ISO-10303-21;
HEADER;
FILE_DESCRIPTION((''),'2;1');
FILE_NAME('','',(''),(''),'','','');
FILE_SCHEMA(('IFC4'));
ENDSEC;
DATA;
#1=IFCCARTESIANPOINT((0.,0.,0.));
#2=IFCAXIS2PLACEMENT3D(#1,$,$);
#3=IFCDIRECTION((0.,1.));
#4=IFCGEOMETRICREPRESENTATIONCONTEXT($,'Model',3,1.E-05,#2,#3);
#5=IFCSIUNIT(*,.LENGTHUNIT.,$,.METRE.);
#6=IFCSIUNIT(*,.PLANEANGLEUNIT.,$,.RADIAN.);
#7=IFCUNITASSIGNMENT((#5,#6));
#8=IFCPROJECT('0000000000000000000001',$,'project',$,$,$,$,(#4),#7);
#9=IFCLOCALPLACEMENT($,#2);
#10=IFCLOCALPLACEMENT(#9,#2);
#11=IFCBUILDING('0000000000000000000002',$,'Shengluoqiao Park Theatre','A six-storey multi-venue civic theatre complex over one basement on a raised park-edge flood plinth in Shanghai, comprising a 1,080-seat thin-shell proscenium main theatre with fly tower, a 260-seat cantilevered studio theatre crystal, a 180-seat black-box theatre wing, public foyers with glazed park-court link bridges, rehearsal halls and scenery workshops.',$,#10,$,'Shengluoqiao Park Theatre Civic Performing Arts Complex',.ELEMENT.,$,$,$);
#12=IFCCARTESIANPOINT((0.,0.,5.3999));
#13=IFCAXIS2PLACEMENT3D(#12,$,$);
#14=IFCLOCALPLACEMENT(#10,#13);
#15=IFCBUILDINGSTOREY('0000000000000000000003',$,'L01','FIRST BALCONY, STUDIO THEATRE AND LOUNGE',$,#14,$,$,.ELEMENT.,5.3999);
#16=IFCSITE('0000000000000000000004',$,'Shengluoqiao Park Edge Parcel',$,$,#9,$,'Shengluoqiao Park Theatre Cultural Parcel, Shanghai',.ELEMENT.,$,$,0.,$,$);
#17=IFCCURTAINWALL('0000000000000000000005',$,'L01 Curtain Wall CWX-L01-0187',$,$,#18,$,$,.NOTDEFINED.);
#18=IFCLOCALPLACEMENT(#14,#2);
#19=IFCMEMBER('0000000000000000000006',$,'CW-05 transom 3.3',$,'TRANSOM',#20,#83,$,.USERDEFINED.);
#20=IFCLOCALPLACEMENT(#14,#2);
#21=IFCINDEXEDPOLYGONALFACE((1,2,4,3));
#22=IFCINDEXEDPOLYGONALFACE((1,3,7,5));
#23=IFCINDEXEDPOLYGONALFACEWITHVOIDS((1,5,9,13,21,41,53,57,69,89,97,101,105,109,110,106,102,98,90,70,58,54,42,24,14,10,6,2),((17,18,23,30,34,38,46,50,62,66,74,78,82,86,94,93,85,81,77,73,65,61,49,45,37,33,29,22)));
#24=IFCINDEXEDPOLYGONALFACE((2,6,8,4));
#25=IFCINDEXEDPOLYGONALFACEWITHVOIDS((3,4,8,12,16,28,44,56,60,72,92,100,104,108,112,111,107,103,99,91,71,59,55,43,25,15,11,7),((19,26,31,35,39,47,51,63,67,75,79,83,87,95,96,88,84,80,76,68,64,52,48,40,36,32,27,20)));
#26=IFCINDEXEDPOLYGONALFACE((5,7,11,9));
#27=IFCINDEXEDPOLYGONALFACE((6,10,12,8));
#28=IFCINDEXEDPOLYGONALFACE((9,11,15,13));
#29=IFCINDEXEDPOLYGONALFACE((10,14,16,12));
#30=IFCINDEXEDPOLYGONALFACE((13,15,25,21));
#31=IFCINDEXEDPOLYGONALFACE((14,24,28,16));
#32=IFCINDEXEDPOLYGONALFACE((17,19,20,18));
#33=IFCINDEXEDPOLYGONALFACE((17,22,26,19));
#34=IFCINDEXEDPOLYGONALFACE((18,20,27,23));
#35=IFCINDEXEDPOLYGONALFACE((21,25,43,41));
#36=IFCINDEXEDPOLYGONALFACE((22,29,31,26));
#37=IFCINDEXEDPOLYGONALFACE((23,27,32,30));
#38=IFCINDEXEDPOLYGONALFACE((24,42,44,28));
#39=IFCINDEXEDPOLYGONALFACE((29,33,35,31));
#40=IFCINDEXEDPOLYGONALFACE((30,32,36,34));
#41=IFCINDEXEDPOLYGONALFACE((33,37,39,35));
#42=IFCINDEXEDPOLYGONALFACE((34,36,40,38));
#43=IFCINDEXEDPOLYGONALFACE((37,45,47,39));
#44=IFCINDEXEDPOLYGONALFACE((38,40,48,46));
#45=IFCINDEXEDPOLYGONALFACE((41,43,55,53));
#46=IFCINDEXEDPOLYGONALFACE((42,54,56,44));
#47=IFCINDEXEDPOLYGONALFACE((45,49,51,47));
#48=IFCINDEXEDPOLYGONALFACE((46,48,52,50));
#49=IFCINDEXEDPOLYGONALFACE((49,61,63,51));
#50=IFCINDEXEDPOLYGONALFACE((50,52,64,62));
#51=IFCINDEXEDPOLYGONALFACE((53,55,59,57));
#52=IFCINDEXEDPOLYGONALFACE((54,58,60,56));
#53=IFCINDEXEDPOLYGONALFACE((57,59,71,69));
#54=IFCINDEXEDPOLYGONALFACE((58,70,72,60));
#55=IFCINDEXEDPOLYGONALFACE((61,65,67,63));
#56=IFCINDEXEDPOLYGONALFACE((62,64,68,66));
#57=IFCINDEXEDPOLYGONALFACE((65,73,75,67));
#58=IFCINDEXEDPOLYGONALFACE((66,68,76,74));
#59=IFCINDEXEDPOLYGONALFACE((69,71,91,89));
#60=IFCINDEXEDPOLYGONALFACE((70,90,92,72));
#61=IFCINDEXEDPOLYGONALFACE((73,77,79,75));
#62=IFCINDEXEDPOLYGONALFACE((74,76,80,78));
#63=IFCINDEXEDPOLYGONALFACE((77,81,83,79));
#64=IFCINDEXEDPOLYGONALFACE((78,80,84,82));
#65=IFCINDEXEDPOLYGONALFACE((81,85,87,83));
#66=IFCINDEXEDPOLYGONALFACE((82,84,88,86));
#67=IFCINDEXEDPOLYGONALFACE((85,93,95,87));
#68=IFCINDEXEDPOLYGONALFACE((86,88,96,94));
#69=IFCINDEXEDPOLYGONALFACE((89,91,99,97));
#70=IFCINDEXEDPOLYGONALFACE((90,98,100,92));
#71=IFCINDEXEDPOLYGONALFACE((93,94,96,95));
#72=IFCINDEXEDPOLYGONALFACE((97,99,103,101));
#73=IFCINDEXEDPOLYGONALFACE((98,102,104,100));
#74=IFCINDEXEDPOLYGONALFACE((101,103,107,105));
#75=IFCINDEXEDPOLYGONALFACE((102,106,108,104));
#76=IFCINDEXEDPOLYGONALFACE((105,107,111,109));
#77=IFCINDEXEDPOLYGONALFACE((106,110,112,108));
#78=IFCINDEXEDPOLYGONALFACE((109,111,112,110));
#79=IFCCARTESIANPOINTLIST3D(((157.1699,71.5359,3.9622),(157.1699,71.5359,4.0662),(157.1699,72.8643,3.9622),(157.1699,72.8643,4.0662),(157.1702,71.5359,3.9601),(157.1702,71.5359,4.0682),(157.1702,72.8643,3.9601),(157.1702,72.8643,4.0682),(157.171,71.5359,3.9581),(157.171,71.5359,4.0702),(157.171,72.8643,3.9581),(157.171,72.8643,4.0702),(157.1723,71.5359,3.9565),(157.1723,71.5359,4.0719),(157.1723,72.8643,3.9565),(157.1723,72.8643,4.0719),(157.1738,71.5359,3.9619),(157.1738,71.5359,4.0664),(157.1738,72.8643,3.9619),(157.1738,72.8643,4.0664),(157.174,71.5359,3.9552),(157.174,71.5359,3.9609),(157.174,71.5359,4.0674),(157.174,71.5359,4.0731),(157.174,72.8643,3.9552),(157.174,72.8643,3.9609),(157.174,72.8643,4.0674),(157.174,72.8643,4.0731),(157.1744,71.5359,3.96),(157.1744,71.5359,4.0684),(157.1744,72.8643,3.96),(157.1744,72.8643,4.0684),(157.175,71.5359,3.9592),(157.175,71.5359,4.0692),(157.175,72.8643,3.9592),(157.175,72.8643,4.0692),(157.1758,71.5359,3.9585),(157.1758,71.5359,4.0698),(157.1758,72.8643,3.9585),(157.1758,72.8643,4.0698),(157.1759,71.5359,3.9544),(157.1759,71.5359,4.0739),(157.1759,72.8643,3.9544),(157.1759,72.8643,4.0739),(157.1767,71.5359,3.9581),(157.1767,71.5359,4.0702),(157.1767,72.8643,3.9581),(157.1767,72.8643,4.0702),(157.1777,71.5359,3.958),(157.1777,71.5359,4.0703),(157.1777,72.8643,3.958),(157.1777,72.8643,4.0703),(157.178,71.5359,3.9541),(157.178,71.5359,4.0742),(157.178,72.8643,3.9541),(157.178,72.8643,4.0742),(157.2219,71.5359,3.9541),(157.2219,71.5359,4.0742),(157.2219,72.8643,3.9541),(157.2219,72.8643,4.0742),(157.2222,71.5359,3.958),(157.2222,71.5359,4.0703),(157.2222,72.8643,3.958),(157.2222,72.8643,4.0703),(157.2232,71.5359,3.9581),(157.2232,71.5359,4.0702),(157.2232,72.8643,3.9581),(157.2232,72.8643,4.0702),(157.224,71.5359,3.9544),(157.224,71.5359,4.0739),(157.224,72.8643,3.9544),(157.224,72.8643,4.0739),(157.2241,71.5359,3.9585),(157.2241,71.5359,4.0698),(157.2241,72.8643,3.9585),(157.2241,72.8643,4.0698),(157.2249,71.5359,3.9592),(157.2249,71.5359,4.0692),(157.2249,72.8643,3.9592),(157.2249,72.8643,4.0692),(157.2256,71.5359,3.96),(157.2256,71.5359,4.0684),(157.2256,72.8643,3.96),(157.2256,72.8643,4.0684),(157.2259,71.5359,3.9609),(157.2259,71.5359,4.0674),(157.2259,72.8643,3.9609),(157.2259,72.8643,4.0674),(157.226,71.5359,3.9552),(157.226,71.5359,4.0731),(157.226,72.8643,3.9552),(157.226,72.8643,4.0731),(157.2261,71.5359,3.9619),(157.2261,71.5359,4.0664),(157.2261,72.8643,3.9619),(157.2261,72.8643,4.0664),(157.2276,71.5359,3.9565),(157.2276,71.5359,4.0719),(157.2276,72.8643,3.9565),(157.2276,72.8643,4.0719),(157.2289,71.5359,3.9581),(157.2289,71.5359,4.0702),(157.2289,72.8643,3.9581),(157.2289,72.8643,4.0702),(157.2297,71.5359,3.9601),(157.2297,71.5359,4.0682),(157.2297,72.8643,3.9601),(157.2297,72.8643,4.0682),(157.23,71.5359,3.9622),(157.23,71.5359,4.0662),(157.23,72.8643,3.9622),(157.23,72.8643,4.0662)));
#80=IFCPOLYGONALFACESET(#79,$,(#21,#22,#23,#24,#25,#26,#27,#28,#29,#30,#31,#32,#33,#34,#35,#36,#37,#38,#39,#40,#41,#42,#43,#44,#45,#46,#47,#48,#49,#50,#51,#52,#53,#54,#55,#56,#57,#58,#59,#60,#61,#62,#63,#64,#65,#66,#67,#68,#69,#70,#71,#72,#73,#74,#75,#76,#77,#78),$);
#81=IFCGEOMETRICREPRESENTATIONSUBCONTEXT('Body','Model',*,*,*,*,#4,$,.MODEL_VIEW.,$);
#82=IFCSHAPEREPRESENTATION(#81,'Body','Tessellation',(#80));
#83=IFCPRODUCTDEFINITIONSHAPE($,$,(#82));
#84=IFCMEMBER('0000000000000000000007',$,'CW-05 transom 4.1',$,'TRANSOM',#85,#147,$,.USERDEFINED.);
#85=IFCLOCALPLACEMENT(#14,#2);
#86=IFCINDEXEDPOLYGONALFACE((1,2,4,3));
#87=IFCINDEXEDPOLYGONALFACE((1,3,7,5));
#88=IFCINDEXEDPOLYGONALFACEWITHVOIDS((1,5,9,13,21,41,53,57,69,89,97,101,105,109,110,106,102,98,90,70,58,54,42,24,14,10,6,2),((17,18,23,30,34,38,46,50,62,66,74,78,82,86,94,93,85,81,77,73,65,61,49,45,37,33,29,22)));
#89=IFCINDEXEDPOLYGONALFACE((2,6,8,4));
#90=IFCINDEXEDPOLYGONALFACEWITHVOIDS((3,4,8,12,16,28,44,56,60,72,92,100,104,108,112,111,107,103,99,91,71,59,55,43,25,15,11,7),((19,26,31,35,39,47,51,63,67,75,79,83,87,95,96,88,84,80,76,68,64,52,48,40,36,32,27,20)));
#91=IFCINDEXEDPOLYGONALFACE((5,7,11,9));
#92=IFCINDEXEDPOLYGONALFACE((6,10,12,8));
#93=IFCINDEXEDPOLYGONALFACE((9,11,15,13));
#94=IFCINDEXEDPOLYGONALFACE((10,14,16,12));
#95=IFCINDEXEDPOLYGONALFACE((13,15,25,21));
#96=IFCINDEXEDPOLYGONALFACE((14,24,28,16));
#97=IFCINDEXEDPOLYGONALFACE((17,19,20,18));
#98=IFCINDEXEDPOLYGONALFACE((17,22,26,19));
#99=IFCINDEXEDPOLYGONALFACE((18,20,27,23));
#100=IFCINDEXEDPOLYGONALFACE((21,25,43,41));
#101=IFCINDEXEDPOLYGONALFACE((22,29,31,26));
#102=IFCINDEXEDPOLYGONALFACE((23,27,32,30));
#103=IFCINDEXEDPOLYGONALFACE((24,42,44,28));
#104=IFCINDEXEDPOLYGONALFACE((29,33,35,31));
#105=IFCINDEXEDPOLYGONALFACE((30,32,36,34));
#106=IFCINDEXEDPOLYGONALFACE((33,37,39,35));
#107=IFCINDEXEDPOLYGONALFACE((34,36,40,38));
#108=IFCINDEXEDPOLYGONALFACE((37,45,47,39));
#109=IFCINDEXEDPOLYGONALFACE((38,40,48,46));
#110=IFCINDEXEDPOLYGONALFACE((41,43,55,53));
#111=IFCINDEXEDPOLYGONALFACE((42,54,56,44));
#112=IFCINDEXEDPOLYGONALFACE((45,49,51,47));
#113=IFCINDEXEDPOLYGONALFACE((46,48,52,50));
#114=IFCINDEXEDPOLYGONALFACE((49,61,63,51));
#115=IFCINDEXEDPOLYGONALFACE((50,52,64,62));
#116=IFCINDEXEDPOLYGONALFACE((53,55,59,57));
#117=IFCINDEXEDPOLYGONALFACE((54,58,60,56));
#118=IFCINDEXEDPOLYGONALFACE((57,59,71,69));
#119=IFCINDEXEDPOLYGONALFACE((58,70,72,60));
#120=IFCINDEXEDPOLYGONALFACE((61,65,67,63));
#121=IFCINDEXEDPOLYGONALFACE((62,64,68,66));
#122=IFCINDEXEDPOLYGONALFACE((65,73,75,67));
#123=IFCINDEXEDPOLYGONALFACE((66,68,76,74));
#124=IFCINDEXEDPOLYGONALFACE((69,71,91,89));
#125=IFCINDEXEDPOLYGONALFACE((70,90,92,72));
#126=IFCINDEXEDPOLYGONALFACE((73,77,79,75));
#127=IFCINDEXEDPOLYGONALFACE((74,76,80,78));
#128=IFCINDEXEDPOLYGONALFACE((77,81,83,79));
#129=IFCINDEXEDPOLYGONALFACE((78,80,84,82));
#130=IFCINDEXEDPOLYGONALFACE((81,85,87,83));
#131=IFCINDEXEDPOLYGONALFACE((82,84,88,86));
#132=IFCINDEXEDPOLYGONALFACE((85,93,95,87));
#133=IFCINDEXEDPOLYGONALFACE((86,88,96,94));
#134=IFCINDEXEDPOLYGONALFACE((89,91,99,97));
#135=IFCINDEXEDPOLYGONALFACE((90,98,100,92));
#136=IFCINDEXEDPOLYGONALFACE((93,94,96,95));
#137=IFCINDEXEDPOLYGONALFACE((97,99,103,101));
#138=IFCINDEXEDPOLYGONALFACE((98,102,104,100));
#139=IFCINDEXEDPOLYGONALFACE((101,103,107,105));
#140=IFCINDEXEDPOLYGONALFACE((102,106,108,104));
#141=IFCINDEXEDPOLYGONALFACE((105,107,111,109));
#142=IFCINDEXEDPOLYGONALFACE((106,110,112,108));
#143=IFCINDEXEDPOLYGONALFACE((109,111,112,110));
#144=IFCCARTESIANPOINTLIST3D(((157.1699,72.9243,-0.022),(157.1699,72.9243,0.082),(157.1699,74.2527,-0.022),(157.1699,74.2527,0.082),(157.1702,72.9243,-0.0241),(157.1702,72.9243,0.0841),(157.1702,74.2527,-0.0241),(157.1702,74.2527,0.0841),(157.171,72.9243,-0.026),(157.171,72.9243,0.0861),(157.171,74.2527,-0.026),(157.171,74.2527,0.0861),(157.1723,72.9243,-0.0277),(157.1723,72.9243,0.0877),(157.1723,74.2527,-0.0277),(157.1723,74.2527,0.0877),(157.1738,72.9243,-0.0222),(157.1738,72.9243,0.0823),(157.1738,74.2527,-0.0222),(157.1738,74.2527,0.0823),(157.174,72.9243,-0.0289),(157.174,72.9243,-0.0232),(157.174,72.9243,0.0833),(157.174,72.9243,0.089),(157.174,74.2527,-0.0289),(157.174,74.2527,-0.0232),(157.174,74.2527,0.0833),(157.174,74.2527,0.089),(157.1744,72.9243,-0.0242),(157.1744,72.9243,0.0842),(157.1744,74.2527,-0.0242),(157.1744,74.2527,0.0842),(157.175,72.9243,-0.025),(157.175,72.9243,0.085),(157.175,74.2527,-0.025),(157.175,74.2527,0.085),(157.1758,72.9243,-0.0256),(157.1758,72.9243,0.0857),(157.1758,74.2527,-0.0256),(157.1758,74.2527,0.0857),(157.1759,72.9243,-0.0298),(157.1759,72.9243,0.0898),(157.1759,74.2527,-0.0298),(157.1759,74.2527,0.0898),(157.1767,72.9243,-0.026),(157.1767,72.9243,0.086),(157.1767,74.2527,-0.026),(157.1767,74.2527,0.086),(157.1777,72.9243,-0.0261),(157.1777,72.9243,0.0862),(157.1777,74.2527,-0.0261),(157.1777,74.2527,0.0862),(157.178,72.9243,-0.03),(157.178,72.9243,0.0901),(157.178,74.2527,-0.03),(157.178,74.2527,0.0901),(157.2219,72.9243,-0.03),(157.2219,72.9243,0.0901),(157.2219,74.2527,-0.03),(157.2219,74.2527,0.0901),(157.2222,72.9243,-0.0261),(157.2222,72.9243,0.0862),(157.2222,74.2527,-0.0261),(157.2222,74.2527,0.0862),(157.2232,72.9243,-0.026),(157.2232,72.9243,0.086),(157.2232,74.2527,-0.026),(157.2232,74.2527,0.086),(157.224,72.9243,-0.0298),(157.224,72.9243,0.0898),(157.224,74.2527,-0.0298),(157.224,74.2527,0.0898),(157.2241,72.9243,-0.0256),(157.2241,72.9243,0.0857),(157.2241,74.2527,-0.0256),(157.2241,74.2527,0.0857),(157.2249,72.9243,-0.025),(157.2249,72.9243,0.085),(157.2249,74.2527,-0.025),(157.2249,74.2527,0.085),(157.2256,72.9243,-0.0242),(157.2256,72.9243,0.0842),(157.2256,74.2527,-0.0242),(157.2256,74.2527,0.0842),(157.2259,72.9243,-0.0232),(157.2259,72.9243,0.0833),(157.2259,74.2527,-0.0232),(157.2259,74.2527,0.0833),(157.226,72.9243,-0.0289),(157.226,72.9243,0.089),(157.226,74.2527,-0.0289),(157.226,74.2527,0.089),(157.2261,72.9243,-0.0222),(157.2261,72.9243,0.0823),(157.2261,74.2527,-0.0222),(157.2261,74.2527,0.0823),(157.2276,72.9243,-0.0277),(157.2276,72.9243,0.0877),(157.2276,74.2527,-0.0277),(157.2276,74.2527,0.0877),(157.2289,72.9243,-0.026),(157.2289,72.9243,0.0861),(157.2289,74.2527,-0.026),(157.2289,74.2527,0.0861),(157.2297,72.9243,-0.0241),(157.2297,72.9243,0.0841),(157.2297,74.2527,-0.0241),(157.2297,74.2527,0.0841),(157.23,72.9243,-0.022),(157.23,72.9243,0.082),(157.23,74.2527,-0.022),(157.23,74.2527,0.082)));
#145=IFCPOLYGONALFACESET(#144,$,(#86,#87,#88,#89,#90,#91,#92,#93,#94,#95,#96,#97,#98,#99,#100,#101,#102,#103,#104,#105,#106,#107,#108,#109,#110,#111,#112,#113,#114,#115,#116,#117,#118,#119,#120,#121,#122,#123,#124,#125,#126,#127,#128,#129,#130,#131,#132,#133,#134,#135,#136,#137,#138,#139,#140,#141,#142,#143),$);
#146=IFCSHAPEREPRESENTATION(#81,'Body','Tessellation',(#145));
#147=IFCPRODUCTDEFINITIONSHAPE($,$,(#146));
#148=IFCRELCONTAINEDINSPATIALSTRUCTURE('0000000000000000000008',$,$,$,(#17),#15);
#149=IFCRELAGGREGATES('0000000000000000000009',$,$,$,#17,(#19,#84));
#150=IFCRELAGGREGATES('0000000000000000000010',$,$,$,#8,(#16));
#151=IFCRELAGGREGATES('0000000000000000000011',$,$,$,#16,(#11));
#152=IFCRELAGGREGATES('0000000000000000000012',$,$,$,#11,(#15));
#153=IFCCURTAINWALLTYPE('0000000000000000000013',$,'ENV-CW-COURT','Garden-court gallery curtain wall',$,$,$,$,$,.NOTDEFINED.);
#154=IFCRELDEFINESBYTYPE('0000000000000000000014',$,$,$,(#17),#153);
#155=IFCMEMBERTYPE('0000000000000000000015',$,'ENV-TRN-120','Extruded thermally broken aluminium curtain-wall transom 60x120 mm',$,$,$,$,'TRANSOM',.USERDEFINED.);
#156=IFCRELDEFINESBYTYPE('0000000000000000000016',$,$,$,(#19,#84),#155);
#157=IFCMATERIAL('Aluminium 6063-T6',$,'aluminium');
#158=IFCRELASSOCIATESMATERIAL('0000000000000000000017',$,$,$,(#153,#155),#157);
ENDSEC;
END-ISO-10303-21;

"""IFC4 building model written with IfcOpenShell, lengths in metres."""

from ifc_helpers import new_model, si_unit, direction, frame, origin, origin_2d, place, context, subcontext, project, spatial, hollow_rectangle, extrude, material, material_profile, profile_set, type_object, element, aggregate, save


model = new_model("IFC4")

# Units and contexts
model_context = context("Model", 3, precision=1e-05, world=origin(), true_north=direction((0.0, 1.0)))
body_context = subcontext(model_context, "Body", "Model", "MODEL_VIEW")
ifc_project = project(units=[si_unit("LENGTHUNIT", "METRE"), si_unit("PLANEANGLEUNIT", "RADIAN")], contexts=[model_context])

# Site, building, storey
site_placement = place(None, origin())
site = spatial("IfcSite", under=ifc_project, at=site_placement, Name="Shengluoqiao Park Edge Parcel", LongName="Shengluoqiao Park Theatre Cultural Parcel, Shanghai", CompositionType="ELEMENT", RefElevation=0.0)
building_placement = place(site_placement, origin())
building = spatial("IfcBuilding", under=site, at=building_placement, Name="Shengluoqiao Park Theatre", Description="A six-storey multi-venue civic theatre complex over one basement on a raised park-edge flood plinth in Shanghai, comprising a 1,080-seat thin-shell proscenium main theatre with fly tower, a 260-seat cantilevered studio theatre crystal, a 180-seat black-box theatre wing, public foyers with glazed park-court link bridges, rehearsal halls and scenery workshops.", LongName="Shengluoqiao Park Theatre Civic Performing Arts Complex", CompositionType="ELEMENT")
storey_placement = place(building_placement, frame((0.0, 0.0, 5.3999)))
storey = spatial("IfcBuildingStorey", under=building, at=storey_placement, Name="L01", Description="FIRST BALCONY, STUDIO THEATRE AND LOUNGE", CompositionType="ELEMENT", Elevation=5.3999)

# Curtain wall, members
ifc_material_1 = material(Name="Aluminium 6063-T6", Category="aluminium")
curtain_wall_type = type_object("IfcCurtainWallType", Name="ENV-CW-COURT", Description="Garden-court gallery curtain wall", PredefinedType="NOTDEFINED", material=ifc_material_1)
curtain_wall_placement = place(storey_placement, origin())
curtain_wall = element("IfcCurtainWall", 1, at=curtain_wall_placement, inside=storey, type_object=curtain_wall_type, Name="L01 Curtain Wall CWX-L01-0187", PredefinedType="NOTDEFINED")
ifc_material_profile_1 = material_profile(ifc_material_1, hollow_rectangle(XDim=0.0601, YDim=0.1201, WallThickness=0.0039, InnerFilletRadius=0.0039, OuterFilletRadius=0.0081, at=origin_2d()), Name="ALU TRANSOM 120x60x4")
ifc_profile_set_1 = profile_set([ifc_material_profile_1], Name="Aluminium 6063-T6")
member_type_1 = type_object("IfcMemberType", Name="ENV-TRN-120", Description="Extruded thermally broken aluminium curtain-wall transom 60x120 mm", ElementType="TRANSOM", PredefinedType="USERDEFINED", material=ifc_profile_set_1)
member_1_placement = place(storey_placement, frame((157.2, 71.5359, 4.0142), z_axis=(0.0, 1.0, 0.0), x_axis=(-1.0, 0.0, 0.0)))
member_1 = element("IfcMember", 2, at=member_1_placement, type_object=member_type_1, Name="CW-05 transom 3.3", ObjectType="TRANSOM", PredefinedType="USERDEFINED", context=body_context, shape_type="SweptSolid", body=[
    extrude(hollow_rectangle(XDim=0.0601, YDim=0.1201, WallThickness=0.0039, InnerFilletRadius=0.0039, OuterFilletRadius=0.0081, at=origin_2d()), origin(), (0.0, 0.0, 1.0), 1.3284),
])
member_2_placement = place(storey_placement, frame((157.2, 72.9243, 0.03), z_axis=(0.0, 1.0, 0.0), x_axis=(-1.0, 0.0, 0.0)))
member_2 = element("IfcMember", 3, at=member_2_placement, type_object=member_type_1, Name="CW-05 transom 4.1", ObjectType="TRANSOM", PredefinedType="USERDEFINED", context=body_context, shape_type="SweptSolid", body=[
    extrude(hollow_rectangle(XDim=0.0601, YDim=0.1201, WallThickness=0.0039, InnerFilletRadius=0.0039, OuterFilletRadius=0.0081, at=origin_2d()), origin(), (0.0, 0.0, 1.0), 1.3284),
])

aggregate(curtain_wall, [member_1, member_2])

save(model, "model.ifc")
